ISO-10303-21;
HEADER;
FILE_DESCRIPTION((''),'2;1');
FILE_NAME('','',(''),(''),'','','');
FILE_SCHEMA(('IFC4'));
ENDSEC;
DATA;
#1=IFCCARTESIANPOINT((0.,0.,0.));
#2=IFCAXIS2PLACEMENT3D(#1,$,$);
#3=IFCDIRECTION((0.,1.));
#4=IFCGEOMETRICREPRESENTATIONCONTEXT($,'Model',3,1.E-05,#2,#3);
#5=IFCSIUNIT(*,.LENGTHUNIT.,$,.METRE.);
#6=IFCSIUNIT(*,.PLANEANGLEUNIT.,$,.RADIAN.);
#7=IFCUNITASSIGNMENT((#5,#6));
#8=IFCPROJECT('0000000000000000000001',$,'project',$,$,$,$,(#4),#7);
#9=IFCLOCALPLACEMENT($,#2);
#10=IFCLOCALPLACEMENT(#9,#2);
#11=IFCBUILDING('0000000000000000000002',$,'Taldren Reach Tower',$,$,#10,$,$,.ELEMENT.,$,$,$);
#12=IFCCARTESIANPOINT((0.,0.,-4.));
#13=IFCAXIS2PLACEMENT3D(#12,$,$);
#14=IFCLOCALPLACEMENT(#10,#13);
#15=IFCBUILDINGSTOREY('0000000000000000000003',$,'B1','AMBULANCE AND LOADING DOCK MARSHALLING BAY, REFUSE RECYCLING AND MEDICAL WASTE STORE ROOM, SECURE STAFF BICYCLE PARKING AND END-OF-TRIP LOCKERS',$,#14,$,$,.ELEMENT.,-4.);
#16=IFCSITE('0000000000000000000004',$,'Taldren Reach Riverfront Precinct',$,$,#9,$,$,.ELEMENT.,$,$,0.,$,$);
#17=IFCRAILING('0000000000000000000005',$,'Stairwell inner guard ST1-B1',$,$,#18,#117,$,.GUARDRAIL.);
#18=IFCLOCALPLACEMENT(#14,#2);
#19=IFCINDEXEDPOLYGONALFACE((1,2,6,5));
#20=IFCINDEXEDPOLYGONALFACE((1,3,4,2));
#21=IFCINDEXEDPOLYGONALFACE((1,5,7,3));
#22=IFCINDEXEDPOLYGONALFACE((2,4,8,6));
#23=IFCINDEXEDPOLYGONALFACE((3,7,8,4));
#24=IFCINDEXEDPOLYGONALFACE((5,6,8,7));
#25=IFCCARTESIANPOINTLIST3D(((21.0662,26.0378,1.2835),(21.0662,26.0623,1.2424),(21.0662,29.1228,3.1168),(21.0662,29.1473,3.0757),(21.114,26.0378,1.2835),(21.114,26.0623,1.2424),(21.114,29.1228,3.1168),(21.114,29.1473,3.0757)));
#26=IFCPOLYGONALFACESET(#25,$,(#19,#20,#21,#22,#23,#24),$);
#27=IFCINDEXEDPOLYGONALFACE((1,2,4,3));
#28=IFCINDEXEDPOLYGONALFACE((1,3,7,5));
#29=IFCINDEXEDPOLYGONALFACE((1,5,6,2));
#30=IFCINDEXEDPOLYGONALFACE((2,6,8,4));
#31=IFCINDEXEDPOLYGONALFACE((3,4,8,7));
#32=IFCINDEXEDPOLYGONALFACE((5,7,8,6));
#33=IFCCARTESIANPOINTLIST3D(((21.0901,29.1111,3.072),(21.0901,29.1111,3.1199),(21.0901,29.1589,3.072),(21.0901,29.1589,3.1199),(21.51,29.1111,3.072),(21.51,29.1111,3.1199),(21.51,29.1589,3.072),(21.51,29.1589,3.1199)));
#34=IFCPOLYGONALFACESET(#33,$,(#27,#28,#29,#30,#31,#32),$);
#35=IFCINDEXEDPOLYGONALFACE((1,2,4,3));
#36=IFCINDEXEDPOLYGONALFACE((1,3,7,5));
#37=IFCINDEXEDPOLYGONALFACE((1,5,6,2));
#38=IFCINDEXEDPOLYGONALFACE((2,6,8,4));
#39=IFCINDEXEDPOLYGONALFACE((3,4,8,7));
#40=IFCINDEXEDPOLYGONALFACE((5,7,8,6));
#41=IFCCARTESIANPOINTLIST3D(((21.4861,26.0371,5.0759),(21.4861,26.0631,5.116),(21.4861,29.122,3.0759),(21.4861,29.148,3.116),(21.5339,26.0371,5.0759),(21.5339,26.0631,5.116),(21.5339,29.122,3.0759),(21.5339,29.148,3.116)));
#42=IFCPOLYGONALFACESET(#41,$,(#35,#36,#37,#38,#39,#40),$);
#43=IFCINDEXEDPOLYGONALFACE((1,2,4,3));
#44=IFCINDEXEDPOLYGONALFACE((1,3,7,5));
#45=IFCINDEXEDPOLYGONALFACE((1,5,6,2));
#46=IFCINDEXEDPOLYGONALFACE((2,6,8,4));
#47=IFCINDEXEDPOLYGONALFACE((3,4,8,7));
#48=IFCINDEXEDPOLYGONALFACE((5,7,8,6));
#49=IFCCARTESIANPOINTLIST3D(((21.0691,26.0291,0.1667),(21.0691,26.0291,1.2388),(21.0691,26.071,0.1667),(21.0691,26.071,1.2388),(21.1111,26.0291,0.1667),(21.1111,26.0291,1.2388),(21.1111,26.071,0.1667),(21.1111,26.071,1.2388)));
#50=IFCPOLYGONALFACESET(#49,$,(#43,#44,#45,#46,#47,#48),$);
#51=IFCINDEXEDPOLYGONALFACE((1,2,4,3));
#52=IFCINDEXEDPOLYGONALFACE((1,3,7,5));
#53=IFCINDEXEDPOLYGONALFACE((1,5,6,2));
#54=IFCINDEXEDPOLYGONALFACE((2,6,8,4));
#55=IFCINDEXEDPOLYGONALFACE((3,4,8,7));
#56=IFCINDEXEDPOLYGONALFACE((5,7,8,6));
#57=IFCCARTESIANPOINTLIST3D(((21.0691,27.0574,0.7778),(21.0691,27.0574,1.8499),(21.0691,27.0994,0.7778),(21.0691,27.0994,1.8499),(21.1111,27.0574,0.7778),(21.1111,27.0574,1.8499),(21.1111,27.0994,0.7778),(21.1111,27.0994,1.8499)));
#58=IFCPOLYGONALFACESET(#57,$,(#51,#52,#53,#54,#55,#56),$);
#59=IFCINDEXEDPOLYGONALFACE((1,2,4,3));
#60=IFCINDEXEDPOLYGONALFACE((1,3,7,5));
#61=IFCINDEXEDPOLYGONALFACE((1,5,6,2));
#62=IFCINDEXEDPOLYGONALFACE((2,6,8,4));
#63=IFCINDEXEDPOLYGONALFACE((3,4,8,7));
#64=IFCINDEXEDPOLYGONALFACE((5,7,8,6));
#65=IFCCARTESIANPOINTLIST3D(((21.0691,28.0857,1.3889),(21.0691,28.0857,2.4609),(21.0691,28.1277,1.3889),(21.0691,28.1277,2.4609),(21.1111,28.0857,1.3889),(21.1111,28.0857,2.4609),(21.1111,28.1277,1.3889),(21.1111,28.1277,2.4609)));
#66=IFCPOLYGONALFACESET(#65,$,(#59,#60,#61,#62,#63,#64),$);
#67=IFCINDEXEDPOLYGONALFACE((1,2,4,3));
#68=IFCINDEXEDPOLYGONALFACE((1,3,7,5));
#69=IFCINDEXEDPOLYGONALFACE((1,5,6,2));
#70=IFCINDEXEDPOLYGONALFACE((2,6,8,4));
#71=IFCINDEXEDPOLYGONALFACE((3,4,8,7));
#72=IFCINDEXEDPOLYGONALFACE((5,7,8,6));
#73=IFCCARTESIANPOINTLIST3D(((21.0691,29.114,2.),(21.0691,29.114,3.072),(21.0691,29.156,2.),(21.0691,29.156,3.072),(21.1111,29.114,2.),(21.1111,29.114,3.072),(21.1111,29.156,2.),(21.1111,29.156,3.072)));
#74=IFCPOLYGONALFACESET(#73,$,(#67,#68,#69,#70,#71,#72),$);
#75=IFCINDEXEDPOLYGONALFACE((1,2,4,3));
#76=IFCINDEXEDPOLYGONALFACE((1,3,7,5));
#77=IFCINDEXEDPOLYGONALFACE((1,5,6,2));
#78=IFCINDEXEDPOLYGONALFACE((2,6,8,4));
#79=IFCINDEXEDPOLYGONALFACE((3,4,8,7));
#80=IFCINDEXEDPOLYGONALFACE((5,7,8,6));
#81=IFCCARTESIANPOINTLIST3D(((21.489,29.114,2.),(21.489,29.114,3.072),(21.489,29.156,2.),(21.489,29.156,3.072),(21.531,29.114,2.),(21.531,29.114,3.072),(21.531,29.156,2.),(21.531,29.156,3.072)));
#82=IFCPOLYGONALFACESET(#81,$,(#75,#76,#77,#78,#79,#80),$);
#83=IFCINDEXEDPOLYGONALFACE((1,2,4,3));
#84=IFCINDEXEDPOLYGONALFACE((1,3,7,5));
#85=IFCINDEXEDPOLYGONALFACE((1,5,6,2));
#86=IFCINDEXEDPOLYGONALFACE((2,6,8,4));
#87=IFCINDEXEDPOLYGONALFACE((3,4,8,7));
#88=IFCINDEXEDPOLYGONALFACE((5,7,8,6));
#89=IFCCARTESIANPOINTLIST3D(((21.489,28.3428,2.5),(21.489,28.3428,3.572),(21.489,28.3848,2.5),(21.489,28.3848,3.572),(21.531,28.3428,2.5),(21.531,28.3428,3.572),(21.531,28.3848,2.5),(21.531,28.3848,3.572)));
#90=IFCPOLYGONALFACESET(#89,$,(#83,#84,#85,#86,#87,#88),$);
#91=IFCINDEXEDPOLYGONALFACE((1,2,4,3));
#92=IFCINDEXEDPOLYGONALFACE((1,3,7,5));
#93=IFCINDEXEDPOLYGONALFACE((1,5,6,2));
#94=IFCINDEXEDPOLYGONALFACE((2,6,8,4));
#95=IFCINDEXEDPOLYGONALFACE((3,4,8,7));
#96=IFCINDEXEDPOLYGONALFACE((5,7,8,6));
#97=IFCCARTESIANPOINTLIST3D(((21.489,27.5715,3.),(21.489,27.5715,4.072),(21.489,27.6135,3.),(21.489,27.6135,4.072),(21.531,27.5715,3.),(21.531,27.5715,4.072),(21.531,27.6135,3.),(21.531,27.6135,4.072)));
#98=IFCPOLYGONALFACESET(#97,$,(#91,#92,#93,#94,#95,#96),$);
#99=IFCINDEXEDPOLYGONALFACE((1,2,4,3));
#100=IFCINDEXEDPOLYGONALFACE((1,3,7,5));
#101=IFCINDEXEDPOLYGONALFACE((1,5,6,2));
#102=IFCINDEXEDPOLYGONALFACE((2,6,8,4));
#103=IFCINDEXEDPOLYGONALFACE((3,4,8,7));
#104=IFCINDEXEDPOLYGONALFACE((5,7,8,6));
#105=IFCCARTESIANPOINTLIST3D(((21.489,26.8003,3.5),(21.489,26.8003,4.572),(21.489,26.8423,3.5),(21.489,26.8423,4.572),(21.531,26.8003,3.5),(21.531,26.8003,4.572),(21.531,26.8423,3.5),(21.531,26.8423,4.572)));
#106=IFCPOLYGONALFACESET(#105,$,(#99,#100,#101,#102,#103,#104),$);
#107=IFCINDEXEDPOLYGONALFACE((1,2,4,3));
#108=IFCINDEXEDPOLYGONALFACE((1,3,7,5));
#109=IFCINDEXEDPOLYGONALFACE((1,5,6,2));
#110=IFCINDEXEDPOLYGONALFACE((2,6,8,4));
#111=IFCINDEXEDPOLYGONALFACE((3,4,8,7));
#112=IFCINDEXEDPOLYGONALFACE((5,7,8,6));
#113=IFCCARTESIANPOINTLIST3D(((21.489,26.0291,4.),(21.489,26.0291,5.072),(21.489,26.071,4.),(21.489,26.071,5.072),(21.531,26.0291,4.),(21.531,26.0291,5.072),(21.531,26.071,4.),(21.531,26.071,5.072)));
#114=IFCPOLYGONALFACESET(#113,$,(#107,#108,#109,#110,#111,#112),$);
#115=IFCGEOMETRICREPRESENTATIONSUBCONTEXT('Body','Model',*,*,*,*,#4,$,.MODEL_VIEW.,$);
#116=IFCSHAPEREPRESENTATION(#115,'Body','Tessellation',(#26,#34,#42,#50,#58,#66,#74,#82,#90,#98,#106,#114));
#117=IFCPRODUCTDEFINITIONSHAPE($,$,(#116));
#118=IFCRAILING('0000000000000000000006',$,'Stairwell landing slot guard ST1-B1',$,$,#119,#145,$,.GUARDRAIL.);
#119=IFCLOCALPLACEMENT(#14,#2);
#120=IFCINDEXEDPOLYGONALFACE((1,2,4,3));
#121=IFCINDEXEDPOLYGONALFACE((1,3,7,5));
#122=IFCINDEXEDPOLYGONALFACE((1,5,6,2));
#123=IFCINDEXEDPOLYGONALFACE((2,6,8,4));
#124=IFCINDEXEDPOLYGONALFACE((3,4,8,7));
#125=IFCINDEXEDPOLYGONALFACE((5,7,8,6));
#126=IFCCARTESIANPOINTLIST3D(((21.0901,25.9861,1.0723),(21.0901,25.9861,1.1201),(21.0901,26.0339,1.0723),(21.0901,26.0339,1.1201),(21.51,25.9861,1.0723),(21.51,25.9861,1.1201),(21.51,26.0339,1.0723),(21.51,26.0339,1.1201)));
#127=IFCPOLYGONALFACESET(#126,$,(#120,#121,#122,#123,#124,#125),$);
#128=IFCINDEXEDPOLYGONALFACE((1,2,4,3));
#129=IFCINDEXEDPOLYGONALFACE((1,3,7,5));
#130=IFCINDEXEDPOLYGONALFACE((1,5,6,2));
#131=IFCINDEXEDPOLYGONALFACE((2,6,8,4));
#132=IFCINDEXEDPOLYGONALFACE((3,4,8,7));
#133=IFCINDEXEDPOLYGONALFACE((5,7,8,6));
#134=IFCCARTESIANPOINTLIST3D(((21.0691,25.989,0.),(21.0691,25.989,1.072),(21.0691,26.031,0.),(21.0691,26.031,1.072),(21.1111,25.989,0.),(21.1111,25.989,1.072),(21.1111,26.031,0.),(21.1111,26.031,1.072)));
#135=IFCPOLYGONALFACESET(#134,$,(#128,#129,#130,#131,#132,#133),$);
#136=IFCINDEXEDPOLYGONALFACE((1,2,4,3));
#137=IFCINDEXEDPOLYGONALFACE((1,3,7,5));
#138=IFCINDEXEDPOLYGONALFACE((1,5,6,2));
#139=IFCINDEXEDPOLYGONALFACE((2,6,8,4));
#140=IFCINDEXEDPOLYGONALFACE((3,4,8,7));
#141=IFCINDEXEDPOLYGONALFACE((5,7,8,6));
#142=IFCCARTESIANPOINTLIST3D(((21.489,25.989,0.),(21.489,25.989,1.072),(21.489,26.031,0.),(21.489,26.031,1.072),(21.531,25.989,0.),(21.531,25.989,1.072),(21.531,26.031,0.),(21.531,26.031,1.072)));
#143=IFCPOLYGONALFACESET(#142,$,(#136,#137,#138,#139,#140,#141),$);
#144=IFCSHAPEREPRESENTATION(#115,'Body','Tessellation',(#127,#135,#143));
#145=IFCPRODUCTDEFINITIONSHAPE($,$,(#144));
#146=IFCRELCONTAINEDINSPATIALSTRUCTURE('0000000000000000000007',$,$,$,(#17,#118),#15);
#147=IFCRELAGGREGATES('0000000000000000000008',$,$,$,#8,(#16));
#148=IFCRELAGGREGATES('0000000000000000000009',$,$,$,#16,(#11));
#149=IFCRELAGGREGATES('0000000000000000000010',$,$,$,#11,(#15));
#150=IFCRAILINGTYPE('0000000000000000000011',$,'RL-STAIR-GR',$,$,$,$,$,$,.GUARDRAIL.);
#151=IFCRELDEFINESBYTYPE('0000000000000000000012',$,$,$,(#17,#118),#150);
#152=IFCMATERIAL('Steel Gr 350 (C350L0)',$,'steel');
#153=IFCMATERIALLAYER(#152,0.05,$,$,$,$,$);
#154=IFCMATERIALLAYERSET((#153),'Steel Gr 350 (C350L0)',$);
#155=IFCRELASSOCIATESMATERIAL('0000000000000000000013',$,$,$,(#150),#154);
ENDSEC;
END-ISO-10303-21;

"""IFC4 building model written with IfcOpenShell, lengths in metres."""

from ifc_helpers import new_model, si_unit, direction, frame, origin, origin_2d, place, context, subcontext, project, spatial, rectangle, extrude, material, layer, layer_set, type_object, element, save


model = new_model("IFC4")

# Units and contexts
model_context = context("Model", 3, precision=1e-05, world=origin(), true_north=direction((0.0, 1.0)))
body_context = subcontext(model_context, "Body", "Model", "MODEL_VIEW")
ifc_project = project(units=[si_unit("LENGTHUNIT", "METRE"), si_unit("PLANEANGLEUNIT", "RADIAN")], contexts=[model_context])

# Site, building, storey
site_placement = place(None, origin())
site = spatial("IfcSite", under=ifc_project, at=site_placement, Name="Taldren Reach Riverfront Precinct", CompositionType="ELEMENT", RefElevation=0.0)
building_placement = place(site_placement, origin())
building = spatial("IfcBuilding", under=site, at=building_placement, Name="Taldren Reach Tower", CompositionType="ELEMENT")
storey_placement = place(building_placement, frame((0.0, 0.0, -4.0)))
storey = spatial("IfcBuildingStorey", under=building, at=storey_placement, Name="B1", Description="AMBULANCE AND LOADING DOCK MARSHALLING BAY, REFUSE RECYCLING AND MEDICAL WASTE STORE ROOM, SECURE STAFF BICYCLE PARKING AND END-OF-TRIP LOCKERS", CompositionType="ELEMENT", Elevation=-4.0)

# Shared definitions
ifc_material_1 = material(Name="Steel Gr 350 (C350L0)", Category="steel")

# Railings
ifc_layer_1 = layer(ifc_material_1, 0.05)
ifc_layer_set_1 = layer_set([ifc_layer_1], Name="Steel Gr 350 (C350L0)")
railing_type_1 = type_object("IfcRailingType", Name="RL-STAIR-GR", PredefinedType="GUARDRAIL", material=ifc_layer_set_1)
railing_1_placement = place(storey_placement, frame((21.0901, 26.05, 0.1667)))
element("IfcRailing", 1, at=railing_1_placement, inside=storey, type_object=railing_type_1, Name="Stairwell inner guard ST1-B1", PredefinedType="GUARDRAIL", context=body_context, shape_type="SweptSolid", body=[
    extrude(rectangle(XDim=0.0479, YDim=0.0479, at=origin_2d()), frame((0.0, 0.0, 1.0962), z_axis=(0.0, 0.859664, 0.510859), x_axis=(-1.0, 0.0, 0.0)), (0.0, 0.0, 1.0), 3.5886),
    extrude(rectangle(XDim=0.0479, YDim=0.0479, at=origin_2d()), frame((0.0, 3.085, 2.9292), z_axis=(1.0, 0.0, 0.0), x_axis=(0.0, 1.0, 0.0)), (0.0, 0.0, 1.0), 0.4199),
    extrude(rectangle(XDim=0.0479, YDim=0.0479, at=origin_2d()), frame((0.4199, 3.085, 2.9292), z_axis=(0.0, -0.839092, 0.543989), x_axis=(1.0, 0.0, 0.0)), (0.0, 0.0, 1.0), 3.6765),
    extrude(rectangle(XDim=0.042, YDim=0.042, at=origin_2d()), origin(), (0.0, 0.0, 1.0), 1.072),
    extrude(rectangle(XDim=0.042, YDim=0.042, at=origin_2d()), frame((0.0, 1.0283, 0.6111)), (0.0, 0.0, 1.0), 1.072),
    extrude(rectangle(XDim=0.042, YDim=0.042, at=origin_2d()), frame((0.0, 2.0566, 1.2222)), (0.0, 0.0, 1.0), 1.072),
    extrude(rectangle(XDim=0.042, YDim=0.042, at=origin_2d()), frame((0.0, 3.085, 1.8333)), (0.0, 0.0, 1.0), 1.072),
    extrude(rectangle(XDim=0.042, YDim=0.042, at=origin_2d()), frame((0.4199, 3.085, 1.8333)), (0.0, 0.0, 1.0), 1.072),
    extrude(rectangle(XDim=0.042, YDim=0.042, at=origin_2d()), frame((0.4199, 2.3137, 2.3333)), (0.0, 0.0, 1.0), 1.072),
    extrude(rectangle(XDim=0.042, YDim=0.042, at=origin_2d()), frame((0.4199, 1.5425, 2.8333)), (0.0, 0.0, 1.0), 1.072),
    extrude(rectangle(XDim=0.042, YDim=0.042, at=origin_2d()), frame((0.4199, 0.7712, 3.3333)), (0.0, 0.0, 1.0), 1.072),
    extrude(rectangle(XDim=0.042, YDim=0.042, at=origin_2d()), frame((0.4199, 0.0, 3.8333)), (0.0, 0.0, 1.0), 1.072),
])
railing_2_placement = place(storey_placement, frame((21.0901, 26.01, 0.0)))
element("IfcRailing", 2, at=railing_2_placement, inside=storey, type_object=railing_type_1, Name="Stairwell landing slot guard ST1-B1", PredefinedType="GUARDRAIL", context=body_context, shape_type="SweptSolid", body=[
    extrude(rectangle(XDim=0.0479, YDim=0.0479, at=origin_2d()), frame((0.0, 0.0, 1.0962), z_axis=(1.0, 0.0, 0.0), x_axis=(0.0, 1.0, 0.0)), (0.0, 0.0, 1.0), 0.4199),
    extrude(rectangle(XDim=0.042, YDim=0.042, at=origin_2d()), origin(), (0.0, 0.0, 1.0), 1.072),
    extrude(rectangle(XDim=0.042, YDim=0.042, at=origin_2d()), frame((0.4199, 0.0, 0.0)), (0.0, 0.0, 1.0), 1.072),
])

save(model, "model.ifc")
